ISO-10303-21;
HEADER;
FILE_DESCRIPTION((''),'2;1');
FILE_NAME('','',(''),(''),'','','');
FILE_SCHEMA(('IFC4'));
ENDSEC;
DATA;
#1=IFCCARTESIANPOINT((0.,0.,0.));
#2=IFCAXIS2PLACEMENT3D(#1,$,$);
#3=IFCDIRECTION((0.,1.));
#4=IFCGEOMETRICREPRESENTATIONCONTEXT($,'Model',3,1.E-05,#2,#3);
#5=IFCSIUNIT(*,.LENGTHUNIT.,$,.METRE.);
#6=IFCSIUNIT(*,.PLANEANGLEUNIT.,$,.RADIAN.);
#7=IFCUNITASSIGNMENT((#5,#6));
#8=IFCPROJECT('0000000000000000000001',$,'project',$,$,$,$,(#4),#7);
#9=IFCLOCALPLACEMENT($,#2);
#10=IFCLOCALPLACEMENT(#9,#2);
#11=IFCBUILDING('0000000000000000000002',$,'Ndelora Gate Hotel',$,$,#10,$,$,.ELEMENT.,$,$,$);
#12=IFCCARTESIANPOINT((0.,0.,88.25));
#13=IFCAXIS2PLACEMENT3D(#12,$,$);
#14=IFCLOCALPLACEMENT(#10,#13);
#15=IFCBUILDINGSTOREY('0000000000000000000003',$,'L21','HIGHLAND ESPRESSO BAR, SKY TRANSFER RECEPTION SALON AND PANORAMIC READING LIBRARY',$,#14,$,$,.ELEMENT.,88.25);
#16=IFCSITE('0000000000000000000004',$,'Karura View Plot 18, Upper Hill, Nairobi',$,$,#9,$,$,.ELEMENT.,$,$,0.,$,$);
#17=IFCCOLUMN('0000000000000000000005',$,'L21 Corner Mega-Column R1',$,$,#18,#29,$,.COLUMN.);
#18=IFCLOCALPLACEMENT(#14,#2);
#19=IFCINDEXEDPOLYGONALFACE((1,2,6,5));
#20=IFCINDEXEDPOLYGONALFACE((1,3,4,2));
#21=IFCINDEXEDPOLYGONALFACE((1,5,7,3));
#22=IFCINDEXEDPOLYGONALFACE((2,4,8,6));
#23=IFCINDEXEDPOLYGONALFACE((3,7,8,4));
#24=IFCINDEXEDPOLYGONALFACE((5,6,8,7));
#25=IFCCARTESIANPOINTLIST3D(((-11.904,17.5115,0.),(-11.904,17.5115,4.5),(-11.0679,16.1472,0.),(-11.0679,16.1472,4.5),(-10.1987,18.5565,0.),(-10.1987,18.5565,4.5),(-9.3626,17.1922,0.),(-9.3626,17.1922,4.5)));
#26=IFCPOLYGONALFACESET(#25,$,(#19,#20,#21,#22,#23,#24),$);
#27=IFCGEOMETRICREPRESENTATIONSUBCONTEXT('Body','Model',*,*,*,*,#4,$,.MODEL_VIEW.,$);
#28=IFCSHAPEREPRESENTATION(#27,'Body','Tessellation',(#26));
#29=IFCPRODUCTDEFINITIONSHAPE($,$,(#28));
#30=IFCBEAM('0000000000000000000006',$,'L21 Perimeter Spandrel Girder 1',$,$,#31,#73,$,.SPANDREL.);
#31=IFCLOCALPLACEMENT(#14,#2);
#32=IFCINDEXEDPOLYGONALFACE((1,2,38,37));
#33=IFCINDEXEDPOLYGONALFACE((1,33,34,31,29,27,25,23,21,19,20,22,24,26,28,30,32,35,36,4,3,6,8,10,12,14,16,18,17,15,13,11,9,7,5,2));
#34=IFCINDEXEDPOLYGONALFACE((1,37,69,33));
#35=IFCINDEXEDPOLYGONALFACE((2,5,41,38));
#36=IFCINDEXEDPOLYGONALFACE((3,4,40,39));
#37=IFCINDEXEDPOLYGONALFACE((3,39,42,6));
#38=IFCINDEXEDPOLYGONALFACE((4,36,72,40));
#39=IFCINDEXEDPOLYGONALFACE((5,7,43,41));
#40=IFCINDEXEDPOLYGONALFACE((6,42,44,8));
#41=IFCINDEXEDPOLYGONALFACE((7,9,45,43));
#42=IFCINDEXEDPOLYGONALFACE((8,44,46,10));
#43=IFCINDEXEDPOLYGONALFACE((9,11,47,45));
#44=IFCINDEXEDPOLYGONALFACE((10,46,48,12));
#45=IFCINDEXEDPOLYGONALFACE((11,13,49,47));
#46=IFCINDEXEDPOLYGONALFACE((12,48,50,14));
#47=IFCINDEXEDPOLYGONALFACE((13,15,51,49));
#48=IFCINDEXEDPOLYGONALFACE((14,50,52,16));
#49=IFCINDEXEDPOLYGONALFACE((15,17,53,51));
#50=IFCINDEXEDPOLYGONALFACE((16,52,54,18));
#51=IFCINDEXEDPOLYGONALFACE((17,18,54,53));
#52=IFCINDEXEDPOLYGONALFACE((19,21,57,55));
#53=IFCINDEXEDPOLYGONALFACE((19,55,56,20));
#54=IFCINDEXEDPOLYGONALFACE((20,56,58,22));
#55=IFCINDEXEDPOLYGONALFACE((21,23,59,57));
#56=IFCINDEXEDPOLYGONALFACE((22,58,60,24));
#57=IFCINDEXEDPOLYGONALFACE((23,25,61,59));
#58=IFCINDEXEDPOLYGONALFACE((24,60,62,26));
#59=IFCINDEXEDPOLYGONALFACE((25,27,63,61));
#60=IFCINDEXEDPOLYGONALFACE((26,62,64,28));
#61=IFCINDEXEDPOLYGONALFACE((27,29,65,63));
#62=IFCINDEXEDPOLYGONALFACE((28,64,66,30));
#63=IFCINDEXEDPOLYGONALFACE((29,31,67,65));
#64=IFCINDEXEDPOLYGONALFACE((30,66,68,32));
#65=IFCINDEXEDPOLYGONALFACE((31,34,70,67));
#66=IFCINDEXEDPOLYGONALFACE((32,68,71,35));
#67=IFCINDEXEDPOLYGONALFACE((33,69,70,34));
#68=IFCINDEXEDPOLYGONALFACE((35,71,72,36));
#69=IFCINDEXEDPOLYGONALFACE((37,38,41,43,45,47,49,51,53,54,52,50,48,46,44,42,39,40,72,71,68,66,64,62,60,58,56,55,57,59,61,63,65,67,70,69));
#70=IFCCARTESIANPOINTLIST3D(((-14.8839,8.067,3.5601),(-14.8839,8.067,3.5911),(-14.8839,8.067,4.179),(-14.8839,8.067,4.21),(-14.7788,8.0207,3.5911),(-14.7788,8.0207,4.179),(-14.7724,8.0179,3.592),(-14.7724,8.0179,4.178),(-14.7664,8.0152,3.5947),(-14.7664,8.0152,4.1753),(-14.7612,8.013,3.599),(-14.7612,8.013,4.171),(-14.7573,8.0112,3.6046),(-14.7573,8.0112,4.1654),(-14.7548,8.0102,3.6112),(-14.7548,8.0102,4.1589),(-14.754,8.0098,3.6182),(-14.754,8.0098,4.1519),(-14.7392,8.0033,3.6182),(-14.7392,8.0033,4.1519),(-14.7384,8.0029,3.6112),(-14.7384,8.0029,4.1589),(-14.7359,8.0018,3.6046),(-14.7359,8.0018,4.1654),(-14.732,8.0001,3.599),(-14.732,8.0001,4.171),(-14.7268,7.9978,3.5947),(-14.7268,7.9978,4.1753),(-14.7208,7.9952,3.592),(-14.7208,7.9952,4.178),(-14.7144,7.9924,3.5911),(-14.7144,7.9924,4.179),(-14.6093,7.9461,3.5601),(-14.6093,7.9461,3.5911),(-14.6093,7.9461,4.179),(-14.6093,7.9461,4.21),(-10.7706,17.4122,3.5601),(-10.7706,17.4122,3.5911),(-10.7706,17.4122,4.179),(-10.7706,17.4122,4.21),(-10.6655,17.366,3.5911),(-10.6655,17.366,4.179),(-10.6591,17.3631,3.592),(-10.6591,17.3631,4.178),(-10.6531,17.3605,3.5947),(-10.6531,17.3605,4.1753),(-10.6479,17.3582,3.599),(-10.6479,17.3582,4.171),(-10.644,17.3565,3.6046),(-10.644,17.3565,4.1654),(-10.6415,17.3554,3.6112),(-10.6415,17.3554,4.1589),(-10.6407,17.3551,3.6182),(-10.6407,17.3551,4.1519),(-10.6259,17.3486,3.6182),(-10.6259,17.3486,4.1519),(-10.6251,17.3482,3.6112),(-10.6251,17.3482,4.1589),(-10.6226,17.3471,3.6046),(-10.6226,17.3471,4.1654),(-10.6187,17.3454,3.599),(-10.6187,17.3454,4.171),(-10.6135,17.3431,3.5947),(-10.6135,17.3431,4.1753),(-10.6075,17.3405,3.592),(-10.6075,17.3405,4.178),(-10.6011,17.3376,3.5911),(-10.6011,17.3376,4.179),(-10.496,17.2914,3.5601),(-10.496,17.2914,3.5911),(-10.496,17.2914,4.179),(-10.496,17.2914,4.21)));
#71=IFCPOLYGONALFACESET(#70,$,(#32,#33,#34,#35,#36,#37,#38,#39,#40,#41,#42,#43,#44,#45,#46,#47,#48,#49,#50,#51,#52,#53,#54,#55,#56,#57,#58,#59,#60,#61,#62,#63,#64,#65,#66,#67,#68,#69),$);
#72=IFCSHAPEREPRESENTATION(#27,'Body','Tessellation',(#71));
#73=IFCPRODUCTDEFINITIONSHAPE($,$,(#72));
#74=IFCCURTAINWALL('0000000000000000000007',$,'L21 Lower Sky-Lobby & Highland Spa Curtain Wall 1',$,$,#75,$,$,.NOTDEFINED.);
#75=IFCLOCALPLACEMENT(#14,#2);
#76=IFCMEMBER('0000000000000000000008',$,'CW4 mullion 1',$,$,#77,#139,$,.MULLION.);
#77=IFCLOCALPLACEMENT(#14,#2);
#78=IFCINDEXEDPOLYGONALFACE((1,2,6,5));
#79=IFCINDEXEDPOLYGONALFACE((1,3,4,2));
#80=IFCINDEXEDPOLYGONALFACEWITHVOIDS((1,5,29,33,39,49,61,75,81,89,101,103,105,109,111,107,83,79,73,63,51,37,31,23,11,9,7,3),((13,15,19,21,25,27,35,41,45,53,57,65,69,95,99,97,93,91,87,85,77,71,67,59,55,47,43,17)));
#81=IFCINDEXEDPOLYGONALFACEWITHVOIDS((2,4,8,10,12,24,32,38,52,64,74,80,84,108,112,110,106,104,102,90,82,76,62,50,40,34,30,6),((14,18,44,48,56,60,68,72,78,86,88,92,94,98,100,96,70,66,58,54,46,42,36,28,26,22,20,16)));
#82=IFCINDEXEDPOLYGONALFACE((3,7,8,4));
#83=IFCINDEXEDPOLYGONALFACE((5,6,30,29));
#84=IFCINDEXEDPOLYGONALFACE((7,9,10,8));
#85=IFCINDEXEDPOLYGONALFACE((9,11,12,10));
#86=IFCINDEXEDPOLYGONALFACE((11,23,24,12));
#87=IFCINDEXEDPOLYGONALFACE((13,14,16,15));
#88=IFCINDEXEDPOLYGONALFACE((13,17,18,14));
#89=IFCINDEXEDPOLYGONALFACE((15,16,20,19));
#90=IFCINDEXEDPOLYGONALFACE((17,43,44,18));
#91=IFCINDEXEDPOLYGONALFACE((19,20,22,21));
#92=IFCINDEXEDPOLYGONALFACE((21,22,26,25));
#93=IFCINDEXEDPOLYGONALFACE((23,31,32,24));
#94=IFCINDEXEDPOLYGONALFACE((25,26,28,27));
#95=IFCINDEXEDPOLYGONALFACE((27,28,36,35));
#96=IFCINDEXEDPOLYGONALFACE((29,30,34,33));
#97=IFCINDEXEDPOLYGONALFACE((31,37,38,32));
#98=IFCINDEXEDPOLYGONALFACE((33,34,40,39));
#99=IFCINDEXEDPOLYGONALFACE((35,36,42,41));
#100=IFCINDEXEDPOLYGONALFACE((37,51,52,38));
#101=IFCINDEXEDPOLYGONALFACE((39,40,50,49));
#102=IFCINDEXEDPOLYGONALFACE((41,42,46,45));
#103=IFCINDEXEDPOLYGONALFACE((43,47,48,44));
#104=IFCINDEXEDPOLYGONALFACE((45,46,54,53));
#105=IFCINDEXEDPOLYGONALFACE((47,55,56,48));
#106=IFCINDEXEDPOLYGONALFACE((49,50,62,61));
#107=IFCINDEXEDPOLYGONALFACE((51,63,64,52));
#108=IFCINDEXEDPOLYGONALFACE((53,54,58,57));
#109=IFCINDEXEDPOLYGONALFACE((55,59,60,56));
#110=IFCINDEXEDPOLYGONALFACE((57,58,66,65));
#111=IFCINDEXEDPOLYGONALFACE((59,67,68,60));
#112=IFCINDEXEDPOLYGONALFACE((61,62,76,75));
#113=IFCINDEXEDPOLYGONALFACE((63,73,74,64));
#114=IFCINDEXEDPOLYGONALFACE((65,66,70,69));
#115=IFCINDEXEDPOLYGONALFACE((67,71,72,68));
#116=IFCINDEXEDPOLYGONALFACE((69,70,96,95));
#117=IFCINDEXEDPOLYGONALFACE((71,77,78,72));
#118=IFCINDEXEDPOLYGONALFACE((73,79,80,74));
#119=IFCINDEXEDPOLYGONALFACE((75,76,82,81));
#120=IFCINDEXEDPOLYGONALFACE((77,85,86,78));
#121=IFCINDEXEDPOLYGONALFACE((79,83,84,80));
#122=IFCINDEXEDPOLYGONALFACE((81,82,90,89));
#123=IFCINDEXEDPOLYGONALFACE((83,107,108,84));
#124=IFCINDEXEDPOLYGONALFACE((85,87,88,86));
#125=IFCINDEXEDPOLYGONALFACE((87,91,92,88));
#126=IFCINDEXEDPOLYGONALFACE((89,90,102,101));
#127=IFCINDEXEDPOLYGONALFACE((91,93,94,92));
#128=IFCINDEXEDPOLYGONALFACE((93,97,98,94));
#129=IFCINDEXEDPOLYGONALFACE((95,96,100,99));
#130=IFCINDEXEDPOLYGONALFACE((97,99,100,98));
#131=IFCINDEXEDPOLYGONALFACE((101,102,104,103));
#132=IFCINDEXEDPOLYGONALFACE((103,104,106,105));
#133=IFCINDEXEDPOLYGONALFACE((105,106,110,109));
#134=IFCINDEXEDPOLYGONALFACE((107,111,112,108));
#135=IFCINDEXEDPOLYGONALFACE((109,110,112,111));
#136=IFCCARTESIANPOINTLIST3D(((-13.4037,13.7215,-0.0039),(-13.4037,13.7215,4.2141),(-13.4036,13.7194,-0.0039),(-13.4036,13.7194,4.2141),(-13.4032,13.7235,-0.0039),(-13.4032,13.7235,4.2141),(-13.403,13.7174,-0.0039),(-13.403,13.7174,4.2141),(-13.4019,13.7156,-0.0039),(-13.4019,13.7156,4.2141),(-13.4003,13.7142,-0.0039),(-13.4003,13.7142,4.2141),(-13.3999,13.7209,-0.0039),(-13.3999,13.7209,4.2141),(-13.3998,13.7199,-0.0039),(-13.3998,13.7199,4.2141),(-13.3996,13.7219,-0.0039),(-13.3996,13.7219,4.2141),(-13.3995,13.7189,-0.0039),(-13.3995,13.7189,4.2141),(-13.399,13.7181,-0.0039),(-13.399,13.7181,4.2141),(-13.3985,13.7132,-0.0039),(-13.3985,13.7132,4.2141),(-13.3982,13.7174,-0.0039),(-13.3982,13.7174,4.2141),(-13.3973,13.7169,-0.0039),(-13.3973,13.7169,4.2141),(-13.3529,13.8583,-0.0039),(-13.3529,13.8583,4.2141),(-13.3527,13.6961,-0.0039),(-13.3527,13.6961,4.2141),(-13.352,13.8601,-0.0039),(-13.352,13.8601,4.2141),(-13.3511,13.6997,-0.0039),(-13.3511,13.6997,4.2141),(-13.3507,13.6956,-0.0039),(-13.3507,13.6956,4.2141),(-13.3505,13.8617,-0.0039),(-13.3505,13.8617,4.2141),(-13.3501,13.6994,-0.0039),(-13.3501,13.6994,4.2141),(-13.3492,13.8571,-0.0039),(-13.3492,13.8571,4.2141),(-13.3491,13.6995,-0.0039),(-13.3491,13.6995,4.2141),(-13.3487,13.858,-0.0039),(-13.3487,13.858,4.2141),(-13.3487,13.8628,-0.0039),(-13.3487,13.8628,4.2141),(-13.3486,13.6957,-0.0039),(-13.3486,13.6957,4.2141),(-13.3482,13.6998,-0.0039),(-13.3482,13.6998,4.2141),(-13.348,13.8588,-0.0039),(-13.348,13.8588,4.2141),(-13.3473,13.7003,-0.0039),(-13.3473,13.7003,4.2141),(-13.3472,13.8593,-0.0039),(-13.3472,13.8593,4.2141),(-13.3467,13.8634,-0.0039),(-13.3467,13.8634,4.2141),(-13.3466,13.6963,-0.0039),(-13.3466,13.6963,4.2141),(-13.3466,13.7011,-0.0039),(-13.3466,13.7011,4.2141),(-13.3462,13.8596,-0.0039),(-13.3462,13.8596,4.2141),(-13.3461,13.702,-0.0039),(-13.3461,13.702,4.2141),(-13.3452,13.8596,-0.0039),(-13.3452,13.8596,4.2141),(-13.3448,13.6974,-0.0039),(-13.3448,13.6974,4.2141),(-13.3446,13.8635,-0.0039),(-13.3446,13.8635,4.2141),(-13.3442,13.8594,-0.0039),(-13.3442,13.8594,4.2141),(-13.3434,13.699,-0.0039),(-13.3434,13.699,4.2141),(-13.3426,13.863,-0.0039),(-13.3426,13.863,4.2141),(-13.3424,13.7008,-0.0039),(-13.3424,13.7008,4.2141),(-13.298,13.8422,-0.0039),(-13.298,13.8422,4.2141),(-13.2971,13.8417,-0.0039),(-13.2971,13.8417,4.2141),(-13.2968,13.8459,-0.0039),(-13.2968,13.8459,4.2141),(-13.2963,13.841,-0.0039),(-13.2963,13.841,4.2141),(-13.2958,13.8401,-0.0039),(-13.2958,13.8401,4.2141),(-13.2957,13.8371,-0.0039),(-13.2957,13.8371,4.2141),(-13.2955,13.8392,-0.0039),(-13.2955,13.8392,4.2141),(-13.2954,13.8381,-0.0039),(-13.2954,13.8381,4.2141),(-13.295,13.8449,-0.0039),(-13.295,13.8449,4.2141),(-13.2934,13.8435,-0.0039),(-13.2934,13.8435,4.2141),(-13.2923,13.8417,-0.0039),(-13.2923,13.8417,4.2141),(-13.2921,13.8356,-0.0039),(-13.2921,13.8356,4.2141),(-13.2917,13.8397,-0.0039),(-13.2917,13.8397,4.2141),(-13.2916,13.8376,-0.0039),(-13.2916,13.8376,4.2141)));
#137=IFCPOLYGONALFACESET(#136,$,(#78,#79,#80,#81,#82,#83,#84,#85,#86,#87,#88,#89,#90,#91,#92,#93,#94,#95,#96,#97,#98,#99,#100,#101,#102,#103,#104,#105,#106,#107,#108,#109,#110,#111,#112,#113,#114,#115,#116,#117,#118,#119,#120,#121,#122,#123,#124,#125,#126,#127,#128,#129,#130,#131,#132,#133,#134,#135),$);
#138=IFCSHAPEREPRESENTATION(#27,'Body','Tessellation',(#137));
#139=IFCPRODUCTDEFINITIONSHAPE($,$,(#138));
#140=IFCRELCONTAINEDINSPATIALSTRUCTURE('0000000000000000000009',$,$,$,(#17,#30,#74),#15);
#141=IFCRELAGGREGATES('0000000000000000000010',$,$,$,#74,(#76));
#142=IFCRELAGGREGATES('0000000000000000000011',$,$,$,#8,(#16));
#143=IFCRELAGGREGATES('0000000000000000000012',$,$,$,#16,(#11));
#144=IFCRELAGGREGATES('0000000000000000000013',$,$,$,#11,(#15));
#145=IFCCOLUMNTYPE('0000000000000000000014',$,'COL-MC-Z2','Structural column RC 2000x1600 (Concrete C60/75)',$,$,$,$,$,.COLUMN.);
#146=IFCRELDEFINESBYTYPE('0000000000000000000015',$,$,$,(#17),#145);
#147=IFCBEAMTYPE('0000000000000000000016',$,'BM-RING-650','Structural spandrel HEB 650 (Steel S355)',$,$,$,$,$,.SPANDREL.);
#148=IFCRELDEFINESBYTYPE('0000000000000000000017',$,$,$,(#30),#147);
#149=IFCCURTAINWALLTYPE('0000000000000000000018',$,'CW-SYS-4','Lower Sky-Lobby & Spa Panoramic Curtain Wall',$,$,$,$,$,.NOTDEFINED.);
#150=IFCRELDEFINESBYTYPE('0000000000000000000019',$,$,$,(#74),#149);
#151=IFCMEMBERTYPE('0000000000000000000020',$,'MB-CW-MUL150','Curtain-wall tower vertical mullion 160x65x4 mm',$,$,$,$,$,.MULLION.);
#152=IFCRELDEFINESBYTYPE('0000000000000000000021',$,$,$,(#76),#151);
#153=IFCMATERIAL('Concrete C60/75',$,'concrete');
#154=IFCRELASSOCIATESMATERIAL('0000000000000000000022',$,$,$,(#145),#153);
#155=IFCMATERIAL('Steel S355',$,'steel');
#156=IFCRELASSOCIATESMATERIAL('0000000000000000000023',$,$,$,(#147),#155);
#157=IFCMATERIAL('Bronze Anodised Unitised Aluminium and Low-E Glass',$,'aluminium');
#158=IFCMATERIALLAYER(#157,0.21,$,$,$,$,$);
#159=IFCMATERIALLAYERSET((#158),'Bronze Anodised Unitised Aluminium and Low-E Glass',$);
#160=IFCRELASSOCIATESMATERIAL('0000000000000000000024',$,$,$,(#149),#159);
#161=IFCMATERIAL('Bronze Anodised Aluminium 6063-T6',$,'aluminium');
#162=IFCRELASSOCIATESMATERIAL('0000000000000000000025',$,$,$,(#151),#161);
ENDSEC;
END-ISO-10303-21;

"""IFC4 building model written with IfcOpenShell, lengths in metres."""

from ifc_helpers import new_model, si_unit, direction, frame, origin, origin_2d, place, context, subcontext, project, spatial, rectangle, hollow_rectangle, i_section, extrude, material, layer, layer_set, material_profile, profile_set, type_object, element, aggregate, save


model = new_model("IFC4")

# Units and contexts
model_context = context("Model", 3, precision=1e-05, world=origin(), true_north=direction((0.0, 1.0)))
body_context = subcontext(model_context, "Body", "Model", "MODEL_VIEW")
ifc_project = project(units=[si_unit("LENGTHUNIT", "METRE"), si_unit("PLANEANGLEUNIT", "RADIAN")], contexts=[model_context])

# Site, building, storey
site_placement = place(None, origin())
site = spatial("IfcSite", under=ifc_project, at=site_placement, Name="Karura View Plot 18, Upper Hill, Nairobi", CompositionType="ELEMENT", RefElevation=0.0)
building_placement = place(site_placement, origin())
building = spatial("IfcBuilding", under=site, at=building_placement, Name="Ndelora Gate Hotel", CompositionType="ELEMENT")
storey_placement = place(building_placement, frame((0.0, 0.0, 88.25)))
storey = spatial("IfcBuildingStorey", under=building, at=storey_placement, Name="L21", Description="HIGHLAND ESPRESSO BAR, SKY TRANSFER RECEPTION SALON AND PANORAMIC READING LIBRARY", CompositionType="ELEMENT", Elevation=88.25)

# Column
ifc_material_1 = material(Name="Concrete C60/75", Category="concrete")
ifc_material_profile_1 = material_profile(ifc_material_1, rectangle(XDim=1.6001, YDim=2.0, at=origin_2d()), Name="RC 2000x1600")
ifc_profile_set_1 = profile_set([ifc_material_profile_1], Name="Concrete C60/75")
column_type = type_object("IfcColumnType", Name="COL-MC-Z2", Description="Structural column RC 2000x1600 (Concrete C60/75)", PredefinedType="COLUMN", material=ifc_profile_set_1)
column_placement = place(storey_placement, frame((-10.6333, 17.3518, 0.0), z_axis=(0.0, 0.0, 1.0), x_axis=(-0.522499, 0.85264, 0.0)))
element("IfcColumn", 1, at=column_placement, inside=storey, type_object=column_type, Name="L21 Corner Mega-Column R1", PredefinedType="COLUMN", context=body_context, shape_type="SweptSolid", body=[
    extrude(rectangle(XDim=1.6001, YDim=2.0, at=origin_2d()), origin(), (0.0, 0.0, 1.0), 4.5),
])

# Beam
ifc_material_2 = material(Name="Steel S355", Category="steel")
ifc_material_profile_2 = material_profile(ifc_material_2, i_section(OverallWidth=0.3, OverallDepth=0.6499, WebThickness=0.0161, FlangeThickness=0.031, FilletRadius=0.0271, at=origin_2d()), Name="HEB 650")
ifc_profile_set_2 = profile_set([ifc_material_profile_2], Name="Steel S355")
beam_type = type_object("IfcBeamType", Name="BM-RING-650", Description="Structural spandrel HEB 650 (Steel S355)", PredefinedType="SPANDREL", material=ifc_profile_set_2)
beam_placement = place(storey_placement, frame((-10.6333, 17.3518, 3.885), z_axis=(-0.402852, -0.915265, 0.0), x_axis=(0.915265, -0.402852, 0.0)))
element("IfcBeam", 2, at=beam_placement, inside=storey, type_object=beam_type, Name="L21 Perimeter Spandrel Girder 1", PredefinedType="SPANDREL", context=body_context, shape_type="SweptSolid", body=[
    extrude(i_section(OverallWidth=0.3, OverallDepth=0.6499, WebThickness=0.0161, FlangeThickness=0.031, FilletRadius=0.0271, at=origin_2d()), origin(), (0.0, 0.0, 1.0), 10.2104),
])

# Curtain wall, member
ifc_material_3 = material(Name="Bronze Anodised Unitised Aluminium and Low-E Glass", Category="aluminium")
ifc_layer_1 = layer(ifc_material_3, 0.21)
ifc_layer_set_1 = layer_set([ifc_layer_1], Name="Bronze Anodised Unitised Aluminium and Low-E Glass")
curtain_wall_type = type_object("IfcCurtainWallType", Name="CW-SYS-4", Description="Lower Sky-Lobby & Spa Panoramic Curtain Wall", PredefinedType="NOTDEFINED", material=ifc_layer_set_1)
curtain_wall_placement = place(storey_placement, origin())
curtain_wall = element("IfcCurtainWall", 3, at=curtain_wall_placement, inside=storey, type_object=curtain_wall_type, Name="L21 Lower Sky-Lobby & Highland Spa Curtain Wall 1", PredefinedType="NOTDEFINED")
ifc_material_4 = material(Name="Bronze Anodised Aluminium 6063-T6", Category="aluminium")
ifc_material_profile_3 = material_profile(ifc_material_4, hollow_rectangle(XDim=0.0649, YDim=0.1599, WallThickness=0.0039, InnerFilletRadius=0.0039, OuterFilletRadius=0.0081, at=origin_2d()), Name="ALU 160x65x4")
ifc_profile_set_3 = profile_set([ifc_material_profile_3], Name="Bronze Anodised Aluminium 6063-T6")
member_type_1 = type_object("IfcMemberType", Name="MB-CW-MUL150", Description="Curtain-wall tower vertical mullion 160x65x4 mm", PredefinedType="MULLION", material=ifc_profile_set_3)
member_1_placement = place(storey_placement, frame((-13.3477, 13.7795, -0.0039), z_axis=(0.0, 0.0, 1.0), x_axis=(0.936889, -0.349628, 0.0)))
member_1 = element("IfcMember", 4, at=member_1_placement, type_object=member_type_1, Name="CW4 mullion 1", PredefinedType="MULLION", context=body_context, shape_type="SweptSolid", body=[
    extrude(hollow_rectangle(XDim=0.0649, YDim=0.1599, WallThickness=0.0039, InnerFilletRadius=0.0039, OuterFilletRadius=0.0081, at=origin_2d()), origin(), (0.0, 0.0, 1.0), 4.218),
])
aggregate(curtain_wall, [member_1])

save(model, "model.ifc")
